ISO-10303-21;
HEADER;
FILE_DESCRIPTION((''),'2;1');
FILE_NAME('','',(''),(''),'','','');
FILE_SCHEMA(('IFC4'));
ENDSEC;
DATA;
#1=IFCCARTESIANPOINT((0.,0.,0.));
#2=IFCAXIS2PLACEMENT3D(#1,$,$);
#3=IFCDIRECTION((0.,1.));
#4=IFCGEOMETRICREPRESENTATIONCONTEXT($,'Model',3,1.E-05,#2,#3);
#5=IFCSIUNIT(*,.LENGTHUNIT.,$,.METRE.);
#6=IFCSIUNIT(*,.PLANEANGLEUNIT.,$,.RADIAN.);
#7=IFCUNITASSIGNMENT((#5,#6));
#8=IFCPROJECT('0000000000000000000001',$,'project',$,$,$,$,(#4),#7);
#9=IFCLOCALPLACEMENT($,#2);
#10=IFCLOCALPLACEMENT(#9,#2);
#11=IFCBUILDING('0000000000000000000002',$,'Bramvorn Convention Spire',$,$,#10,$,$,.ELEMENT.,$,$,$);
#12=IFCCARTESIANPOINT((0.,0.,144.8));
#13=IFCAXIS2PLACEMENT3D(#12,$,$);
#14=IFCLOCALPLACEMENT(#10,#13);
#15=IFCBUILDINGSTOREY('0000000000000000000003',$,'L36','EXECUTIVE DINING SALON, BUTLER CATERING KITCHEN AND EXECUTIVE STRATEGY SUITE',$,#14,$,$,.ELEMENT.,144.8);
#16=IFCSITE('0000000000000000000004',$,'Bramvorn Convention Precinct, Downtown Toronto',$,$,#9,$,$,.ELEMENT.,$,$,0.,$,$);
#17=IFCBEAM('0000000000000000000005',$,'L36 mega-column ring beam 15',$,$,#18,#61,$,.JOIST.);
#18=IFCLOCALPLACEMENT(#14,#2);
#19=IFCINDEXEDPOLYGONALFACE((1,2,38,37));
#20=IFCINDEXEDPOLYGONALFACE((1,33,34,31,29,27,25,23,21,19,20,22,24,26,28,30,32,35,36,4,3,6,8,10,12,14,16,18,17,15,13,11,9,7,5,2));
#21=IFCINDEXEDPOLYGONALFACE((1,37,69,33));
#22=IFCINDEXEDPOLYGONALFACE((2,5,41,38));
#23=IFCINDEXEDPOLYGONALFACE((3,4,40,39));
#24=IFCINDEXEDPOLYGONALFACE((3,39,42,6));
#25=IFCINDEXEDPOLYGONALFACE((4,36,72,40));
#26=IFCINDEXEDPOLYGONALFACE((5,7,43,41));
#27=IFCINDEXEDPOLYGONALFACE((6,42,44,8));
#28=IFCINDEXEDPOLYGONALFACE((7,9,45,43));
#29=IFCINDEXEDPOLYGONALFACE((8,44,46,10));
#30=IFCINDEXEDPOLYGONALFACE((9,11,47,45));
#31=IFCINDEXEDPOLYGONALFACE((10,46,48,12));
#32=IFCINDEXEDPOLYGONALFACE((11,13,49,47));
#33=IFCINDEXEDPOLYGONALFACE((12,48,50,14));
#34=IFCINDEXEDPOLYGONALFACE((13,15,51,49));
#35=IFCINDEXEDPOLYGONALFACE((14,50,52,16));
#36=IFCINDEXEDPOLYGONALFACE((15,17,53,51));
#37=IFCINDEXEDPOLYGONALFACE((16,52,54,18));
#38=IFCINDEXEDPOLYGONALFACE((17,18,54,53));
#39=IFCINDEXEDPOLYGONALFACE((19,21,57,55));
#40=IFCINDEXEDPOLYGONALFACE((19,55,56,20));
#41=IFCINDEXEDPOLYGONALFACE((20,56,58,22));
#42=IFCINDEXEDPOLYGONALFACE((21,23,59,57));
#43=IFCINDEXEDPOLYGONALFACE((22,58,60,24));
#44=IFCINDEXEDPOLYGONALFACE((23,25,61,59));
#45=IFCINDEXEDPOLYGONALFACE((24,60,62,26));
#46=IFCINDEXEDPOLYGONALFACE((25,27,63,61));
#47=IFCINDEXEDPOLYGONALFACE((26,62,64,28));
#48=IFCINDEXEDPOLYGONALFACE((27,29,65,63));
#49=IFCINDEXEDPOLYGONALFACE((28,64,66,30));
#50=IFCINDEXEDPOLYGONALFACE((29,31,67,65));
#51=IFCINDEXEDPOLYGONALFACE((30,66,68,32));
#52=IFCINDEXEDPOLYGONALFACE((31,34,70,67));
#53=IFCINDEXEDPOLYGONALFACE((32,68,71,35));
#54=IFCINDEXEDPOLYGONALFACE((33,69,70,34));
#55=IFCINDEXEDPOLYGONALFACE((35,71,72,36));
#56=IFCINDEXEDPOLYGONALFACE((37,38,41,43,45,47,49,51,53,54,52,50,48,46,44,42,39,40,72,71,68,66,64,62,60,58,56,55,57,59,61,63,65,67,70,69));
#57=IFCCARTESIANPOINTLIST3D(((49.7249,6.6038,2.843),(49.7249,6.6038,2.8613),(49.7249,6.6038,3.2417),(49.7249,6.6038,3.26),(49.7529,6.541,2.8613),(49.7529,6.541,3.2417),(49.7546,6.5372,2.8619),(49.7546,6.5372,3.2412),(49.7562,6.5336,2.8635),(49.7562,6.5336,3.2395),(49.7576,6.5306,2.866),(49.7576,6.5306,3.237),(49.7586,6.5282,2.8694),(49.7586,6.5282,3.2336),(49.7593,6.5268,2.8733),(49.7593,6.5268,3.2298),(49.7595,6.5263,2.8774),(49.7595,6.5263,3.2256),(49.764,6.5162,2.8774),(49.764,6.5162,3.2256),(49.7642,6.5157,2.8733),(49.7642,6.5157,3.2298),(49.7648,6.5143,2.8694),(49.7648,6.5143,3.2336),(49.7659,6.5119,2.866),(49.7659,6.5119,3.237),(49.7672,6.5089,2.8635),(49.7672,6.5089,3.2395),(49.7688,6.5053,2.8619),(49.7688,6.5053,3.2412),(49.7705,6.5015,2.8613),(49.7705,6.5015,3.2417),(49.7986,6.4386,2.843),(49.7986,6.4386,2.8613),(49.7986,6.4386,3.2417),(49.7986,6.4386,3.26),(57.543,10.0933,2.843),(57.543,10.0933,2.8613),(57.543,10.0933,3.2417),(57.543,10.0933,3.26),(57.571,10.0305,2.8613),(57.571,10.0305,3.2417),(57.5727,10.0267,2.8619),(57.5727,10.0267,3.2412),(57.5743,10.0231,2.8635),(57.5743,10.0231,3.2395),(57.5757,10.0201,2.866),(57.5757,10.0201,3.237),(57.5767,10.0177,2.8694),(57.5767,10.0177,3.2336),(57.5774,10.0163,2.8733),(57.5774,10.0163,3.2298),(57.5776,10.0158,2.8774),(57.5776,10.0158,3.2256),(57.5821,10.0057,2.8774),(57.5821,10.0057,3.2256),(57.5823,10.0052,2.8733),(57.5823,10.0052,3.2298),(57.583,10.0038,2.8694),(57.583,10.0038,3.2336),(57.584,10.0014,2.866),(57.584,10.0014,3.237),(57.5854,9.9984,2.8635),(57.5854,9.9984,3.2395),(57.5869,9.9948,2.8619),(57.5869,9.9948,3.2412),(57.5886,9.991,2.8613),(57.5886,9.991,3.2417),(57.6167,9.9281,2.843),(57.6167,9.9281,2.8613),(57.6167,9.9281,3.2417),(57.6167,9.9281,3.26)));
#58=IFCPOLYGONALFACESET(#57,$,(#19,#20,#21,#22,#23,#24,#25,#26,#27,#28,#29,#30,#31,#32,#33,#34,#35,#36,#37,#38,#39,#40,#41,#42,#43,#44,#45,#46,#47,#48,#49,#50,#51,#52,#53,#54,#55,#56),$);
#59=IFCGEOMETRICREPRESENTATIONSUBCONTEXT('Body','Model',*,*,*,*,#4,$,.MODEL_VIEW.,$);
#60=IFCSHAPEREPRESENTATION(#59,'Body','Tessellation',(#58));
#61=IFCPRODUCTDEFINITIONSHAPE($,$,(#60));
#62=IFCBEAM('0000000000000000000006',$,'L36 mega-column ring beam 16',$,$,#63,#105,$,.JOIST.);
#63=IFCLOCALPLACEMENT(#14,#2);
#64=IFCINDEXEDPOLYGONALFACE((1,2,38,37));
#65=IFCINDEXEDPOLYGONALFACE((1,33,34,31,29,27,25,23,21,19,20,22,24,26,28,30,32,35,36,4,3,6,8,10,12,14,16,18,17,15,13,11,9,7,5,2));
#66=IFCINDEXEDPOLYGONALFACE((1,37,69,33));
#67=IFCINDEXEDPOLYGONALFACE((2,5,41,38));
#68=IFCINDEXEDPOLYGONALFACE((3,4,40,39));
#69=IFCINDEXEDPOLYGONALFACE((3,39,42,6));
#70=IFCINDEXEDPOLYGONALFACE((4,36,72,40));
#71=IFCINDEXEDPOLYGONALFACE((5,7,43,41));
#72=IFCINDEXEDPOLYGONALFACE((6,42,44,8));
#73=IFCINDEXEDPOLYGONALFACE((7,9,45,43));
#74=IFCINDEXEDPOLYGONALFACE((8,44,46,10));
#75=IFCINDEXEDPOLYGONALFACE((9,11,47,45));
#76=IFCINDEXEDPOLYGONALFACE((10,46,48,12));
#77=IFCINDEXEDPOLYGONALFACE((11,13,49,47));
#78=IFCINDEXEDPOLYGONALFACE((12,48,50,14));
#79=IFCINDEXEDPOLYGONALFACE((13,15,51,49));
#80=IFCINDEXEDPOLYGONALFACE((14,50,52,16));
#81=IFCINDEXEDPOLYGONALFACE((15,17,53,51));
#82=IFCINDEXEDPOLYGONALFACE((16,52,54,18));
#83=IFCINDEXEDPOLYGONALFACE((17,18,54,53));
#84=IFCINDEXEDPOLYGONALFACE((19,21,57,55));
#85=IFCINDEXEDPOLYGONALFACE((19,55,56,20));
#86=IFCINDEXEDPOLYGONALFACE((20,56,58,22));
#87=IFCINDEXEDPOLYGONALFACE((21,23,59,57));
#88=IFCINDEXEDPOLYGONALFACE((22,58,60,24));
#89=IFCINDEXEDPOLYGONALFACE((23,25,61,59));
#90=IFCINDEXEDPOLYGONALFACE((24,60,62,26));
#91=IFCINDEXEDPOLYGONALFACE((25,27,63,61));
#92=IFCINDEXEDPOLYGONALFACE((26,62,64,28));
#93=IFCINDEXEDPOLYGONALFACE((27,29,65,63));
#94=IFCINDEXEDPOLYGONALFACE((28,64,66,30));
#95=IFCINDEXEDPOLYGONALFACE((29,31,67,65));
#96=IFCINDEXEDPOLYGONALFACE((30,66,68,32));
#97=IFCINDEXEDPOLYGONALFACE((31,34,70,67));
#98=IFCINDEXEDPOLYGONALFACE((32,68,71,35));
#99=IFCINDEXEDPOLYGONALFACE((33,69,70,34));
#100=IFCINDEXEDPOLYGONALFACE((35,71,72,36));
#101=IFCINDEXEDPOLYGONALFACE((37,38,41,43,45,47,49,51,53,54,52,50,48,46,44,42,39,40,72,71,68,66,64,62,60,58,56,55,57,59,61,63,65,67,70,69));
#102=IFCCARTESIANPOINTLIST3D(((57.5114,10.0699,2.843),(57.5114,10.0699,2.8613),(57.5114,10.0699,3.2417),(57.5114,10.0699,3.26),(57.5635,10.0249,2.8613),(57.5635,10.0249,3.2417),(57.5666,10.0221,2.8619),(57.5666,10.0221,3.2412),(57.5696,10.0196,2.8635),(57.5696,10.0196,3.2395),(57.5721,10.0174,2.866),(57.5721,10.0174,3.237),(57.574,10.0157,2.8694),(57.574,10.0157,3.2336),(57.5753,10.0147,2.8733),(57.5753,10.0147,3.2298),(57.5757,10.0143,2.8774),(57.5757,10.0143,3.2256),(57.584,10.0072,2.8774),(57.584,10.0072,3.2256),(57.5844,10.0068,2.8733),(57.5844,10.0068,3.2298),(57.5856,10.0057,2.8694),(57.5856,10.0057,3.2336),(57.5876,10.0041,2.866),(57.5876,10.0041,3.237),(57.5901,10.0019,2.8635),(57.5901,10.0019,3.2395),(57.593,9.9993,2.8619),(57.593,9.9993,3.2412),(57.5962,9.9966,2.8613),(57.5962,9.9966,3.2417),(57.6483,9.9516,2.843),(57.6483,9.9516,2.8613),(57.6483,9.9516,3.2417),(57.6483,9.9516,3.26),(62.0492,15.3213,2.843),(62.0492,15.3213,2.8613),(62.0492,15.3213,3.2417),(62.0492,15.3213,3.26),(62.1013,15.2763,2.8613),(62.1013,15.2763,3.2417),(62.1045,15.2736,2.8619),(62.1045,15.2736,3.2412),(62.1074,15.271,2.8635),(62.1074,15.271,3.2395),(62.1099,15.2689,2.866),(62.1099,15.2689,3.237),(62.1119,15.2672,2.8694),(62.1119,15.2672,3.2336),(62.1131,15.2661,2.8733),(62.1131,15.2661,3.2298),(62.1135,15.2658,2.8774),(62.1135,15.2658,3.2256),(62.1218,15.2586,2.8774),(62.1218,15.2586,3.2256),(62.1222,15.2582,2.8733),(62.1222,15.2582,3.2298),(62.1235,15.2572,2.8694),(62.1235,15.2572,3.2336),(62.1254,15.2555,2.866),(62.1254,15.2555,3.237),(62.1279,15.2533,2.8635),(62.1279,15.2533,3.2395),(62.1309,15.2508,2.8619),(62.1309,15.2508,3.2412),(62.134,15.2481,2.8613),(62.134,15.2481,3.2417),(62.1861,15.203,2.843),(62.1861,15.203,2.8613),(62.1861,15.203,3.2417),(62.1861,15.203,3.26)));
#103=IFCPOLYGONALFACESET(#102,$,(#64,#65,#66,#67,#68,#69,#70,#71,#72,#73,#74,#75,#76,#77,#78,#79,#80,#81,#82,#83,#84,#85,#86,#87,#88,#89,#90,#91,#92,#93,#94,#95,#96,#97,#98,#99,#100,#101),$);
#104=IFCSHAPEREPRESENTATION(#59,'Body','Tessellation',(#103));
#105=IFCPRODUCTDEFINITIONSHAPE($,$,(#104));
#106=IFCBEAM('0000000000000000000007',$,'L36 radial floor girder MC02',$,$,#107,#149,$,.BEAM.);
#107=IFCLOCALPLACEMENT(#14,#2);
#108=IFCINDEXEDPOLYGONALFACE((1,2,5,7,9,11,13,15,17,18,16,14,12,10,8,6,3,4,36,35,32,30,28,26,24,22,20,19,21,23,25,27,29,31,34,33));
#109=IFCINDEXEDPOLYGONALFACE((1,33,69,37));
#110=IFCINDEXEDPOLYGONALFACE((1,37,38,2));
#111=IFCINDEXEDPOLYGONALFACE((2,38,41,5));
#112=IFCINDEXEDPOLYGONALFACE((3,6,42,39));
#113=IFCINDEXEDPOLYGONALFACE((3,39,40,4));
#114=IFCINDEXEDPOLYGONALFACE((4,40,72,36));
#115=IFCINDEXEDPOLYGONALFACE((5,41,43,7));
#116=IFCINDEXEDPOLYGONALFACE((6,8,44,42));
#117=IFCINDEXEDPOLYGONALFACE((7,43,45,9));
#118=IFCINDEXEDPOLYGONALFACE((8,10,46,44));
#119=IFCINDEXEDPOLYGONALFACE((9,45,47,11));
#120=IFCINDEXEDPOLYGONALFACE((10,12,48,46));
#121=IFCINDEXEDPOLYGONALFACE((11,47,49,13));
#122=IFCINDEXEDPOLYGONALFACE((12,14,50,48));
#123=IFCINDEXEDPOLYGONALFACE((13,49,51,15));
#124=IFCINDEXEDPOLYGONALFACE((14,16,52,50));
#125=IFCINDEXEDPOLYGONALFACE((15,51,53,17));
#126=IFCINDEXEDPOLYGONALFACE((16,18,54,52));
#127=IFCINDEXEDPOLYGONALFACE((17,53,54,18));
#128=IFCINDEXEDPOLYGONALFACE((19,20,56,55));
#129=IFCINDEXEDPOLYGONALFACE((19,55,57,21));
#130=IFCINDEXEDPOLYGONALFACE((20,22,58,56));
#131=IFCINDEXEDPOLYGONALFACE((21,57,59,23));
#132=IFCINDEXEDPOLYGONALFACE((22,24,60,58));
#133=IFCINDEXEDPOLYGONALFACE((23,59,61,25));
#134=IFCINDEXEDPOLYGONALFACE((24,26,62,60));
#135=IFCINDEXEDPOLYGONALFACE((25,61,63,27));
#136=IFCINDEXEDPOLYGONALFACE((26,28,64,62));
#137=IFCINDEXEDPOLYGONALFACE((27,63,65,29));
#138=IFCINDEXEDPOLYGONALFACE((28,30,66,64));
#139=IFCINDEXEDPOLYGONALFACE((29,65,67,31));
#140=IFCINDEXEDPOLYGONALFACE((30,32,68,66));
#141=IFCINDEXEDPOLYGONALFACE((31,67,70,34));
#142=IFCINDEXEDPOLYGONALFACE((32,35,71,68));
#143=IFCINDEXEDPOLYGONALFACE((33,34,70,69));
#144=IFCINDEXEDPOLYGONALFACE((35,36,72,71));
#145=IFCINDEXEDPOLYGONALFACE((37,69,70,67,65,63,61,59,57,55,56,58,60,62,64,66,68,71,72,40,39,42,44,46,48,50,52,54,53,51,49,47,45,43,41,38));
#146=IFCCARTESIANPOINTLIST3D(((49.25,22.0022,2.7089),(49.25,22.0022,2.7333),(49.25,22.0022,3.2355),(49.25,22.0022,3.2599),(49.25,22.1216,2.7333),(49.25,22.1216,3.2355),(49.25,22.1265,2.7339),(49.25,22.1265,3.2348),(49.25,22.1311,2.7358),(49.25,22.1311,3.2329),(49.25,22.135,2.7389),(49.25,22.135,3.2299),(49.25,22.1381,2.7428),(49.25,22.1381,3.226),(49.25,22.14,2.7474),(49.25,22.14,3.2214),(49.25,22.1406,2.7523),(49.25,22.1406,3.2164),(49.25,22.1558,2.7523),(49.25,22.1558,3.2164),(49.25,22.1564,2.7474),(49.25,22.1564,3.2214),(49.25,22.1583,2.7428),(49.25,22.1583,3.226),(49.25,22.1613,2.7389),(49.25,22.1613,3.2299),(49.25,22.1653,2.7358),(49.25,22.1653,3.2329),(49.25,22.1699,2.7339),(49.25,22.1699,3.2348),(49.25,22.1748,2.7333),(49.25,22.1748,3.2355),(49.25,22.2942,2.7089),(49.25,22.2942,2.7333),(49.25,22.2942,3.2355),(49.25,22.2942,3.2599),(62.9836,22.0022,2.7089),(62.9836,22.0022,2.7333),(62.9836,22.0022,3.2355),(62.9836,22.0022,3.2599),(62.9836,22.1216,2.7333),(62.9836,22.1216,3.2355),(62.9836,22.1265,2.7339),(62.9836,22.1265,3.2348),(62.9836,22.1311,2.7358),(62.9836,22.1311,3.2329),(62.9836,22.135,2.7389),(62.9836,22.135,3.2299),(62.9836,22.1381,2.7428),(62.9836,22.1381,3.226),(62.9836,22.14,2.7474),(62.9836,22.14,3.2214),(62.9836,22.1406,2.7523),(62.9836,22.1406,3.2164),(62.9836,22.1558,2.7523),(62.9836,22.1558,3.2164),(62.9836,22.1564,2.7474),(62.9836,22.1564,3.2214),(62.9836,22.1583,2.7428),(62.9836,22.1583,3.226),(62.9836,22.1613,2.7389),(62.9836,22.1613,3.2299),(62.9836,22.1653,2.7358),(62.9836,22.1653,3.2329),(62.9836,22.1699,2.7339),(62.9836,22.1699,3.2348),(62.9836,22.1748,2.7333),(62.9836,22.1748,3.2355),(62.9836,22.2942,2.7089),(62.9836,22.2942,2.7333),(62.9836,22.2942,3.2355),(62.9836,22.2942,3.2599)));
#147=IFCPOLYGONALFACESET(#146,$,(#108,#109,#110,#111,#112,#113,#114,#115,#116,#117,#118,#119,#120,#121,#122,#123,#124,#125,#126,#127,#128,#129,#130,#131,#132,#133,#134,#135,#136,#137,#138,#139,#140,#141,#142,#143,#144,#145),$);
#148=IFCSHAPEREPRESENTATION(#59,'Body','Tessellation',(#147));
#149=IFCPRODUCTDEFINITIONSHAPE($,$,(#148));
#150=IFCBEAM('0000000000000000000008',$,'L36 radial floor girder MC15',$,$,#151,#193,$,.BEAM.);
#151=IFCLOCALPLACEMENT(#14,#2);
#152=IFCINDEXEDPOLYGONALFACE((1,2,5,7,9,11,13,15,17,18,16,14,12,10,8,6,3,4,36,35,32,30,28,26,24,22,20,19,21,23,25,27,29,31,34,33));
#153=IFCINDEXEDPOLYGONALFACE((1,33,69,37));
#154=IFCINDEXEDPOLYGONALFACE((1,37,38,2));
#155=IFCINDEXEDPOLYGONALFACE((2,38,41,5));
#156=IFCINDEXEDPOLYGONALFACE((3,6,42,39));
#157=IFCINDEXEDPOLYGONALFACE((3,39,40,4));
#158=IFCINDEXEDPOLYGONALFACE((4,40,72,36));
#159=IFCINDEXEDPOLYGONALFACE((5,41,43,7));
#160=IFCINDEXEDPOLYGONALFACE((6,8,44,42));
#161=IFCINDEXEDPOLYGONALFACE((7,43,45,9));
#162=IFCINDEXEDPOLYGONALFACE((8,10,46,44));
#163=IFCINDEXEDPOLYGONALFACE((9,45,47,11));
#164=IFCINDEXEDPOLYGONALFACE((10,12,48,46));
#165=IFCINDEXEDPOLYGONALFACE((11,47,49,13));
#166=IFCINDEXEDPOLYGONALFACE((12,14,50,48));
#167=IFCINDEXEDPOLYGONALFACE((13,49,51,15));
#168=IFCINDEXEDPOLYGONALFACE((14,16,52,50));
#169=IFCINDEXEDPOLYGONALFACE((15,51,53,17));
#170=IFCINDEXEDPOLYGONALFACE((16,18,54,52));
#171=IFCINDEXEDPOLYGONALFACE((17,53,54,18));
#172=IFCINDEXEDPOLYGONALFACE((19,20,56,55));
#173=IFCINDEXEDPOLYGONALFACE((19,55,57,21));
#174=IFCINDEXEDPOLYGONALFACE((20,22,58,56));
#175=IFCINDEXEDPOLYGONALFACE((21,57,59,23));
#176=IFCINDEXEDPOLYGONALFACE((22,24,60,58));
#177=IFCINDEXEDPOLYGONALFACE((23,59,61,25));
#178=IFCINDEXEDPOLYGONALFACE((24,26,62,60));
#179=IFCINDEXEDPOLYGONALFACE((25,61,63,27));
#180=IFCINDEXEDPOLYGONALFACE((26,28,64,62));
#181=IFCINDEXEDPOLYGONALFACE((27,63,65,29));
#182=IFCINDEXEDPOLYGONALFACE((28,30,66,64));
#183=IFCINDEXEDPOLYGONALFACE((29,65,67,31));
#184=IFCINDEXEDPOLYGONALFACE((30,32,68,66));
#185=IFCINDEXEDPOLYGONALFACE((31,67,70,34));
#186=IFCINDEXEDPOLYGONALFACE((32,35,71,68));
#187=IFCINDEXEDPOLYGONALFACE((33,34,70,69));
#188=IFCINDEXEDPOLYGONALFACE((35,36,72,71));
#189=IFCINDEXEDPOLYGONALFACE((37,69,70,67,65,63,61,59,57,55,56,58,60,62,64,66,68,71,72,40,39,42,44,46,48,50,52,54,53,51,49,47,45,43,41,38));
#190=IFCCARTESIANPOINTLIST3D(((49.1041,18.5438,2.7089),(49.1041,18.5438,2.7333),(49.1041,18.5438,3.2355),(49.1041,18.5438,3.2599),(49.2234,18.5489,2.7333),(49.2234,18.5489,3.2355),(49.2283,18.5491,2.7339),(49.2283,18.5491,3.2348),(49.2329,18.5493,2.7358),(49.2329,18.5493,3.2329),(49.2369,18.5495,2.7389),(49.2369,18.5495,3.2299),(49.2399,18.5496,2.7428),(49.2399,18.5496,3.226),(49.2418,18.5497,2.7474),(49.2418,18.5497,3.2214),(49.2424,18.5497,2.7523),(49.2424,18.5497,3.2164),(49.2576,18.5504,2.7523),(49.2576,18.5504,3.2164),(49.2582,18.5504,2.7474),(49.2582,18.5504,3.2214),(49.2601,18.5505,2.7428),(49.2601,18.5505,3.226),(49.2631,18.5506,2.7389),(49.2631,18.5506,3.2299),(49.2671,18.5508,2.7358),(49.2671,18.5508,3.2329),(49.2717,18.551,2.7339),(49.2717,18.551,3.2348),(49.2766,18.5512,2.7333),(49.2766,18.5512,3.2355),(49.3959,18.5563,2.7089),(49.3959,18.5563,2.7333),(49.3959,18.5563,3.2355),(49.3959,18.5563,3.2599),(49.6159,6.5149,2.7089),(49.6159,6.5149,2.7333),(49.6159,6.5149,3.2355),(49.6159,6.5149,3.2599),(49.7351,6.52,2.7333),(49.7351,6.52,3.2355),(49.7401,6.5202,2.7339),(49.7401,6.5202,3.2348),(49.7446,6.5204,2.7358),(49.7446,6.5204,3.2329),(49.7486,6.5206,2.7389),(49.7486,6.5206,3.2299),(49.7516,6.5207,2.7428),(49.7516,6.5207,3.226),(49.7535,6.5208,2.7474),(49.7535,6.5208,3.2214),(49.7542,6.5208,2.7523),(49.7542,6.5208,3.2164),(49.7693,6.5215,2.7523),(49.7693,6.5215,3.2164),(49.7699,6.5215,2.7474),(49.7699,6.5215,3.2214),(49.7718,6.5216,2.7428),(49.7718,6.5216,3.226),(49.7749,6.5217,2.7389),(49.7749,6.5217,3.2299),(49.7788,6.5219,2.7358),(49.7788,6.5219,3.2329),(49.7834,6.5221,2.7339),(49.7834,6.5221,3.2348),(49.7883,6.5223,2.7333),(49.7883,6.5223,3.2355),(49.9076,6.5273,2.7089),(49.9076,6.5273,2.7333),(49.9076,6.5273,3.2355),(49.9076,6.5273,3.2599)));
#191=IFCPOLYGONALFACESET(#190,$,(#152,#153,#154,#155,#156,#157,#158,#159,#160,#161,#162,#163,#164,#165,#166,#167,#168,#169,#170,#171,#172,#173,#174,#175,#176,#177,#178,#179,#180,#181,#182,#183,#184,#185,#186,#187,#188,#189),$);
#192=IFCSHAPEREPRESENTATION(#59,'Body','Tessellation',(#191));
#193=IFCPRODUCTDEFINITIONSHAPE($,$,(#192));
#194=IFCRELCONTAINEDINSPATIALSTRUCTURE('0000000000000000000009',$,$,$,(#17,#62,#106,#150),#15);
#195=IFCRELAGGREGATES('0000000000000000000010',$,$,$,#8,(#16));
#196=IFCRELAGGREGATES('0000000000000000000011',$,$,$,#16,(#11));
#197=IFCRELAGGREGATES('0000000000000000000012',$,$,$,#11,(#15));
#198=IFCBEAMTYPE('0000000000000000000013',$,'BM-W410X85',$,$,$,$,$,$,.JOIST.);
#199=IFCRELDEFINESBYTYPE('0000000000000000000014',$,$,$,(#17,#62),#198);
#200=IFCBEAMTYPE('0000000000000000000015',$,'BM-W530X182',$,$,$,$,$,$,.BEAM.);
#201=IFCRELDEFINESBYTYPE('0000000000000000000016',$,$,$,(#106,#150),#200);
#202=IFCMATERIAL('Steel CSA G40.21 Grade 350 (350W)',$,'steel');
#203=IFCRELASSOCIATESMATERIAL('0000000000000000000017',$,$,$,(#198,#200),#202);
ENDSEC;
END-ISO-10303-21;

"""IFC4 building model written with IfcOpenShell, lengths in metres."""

from ifc_helpers import new_model, si_unit, direction, frame, origin, origin_2d, place, context, subcontext, project, spatial, i_section, extrude, material, material_profile, profile_set, type_object, element, save


model = new_model("IFC4")

# Units and contexts
model_context = context("Model", 3, precision=1e-05, world=origin(), true_north=direction((0.0, 1.0)))
body_context = subcontext(model_context, "Body", "Model", "MODEL_VIEW")
ifc_project = project(units=[si_unit("LENGTHUNIT", "METRE"), si_unit("PLANEANGLEUNIT", "RADIAN")], contexts=[model_context])

# Site, building, storey
site_placement = place(None, origin())
site = spatial("IfcSite", under=ifc_project, at=site_placement, Name="Bramvorn Convention Precinct, Downtown Toronto", CompositionType="ELEMENT", RefElevation=0.0)
building_placement = place(site_placement, origin())
building = spatial("IfcBuilding", under=site, at=building_placement, Name="Bramvorn Convention Spire", CompositionType="ELEMENT")
storey_placement = place(building_placement, frame((0.0, 0.0, 144.8)))
storey = spatial("IfcBuildingStorey", under=building, at=storey_placement, Name="L36", Description="EXECUTIVE DINING SALON, BUTLER CATERING KITCHEN AND EXECUTIVE STRATEGY SUITE", CompositionType="ELEMENT", Elevation=144.8)

# Shared definitions
ifc_material_1 = material(Name="Steel CSA G40.21 Grade 350 (350W)", Category="steel")

# Beams
ifc_material_profile_1 = material_profile(ifc_material_1, i_section(OverallWidth=0.1809, OverallDepth=0.417, WebThickness=0.011, FlangeThickness=0.0183, FilletRadius=0.0161, at=origin_2d()))
ifc_profile_set_1 = profile_set([ifc_material_profile_1], Name="Steel CSA G40.21 Grade 350 (350W) - W410X85")
beam_type_1 = type_object("IfcBeamType", Name="BM-W410X85", PredefinedType="JOIST", material=ifc_profile_set_1)
for number, where, z_axis, x_axis, name in (
    (1, (49.7617, 6.5212, 3.0515), (0.91317, 0.40758, 0.0), (-0.40758, 0.91317, 0.0), "L36 mega-column ring beam 15"),
):
    element("IfcBeam", number, at=place(storey_placement, frame(where, z_axis=z_axis, x_axis=x_axis)), inside=storey, type_object=beam_type_1, Name=name, PredefinedType="JOIST", context=body_context, shape_type="SweptSolid", body=[
        extrude(i_section(OverallWidth=0.1809, OverallDepth=0.417, WebThickness=0.011, FlangeThickness=0.0183, FilletRadius=0.0161, at=origin_2d()), origin(), (0.0, 0.0, 1.0), 8.5615),
    ])
beam_1_placement = place(storey_placement, frame((57.5798, 10.0107, 3.0515), z_axis=(0.653825, 0.756646, 0.0), x_axis=(-0.756646, 0.653825, 0.0)))
element("IfcBeam", 2, at=beam_1_placement, inside=storey, type_object=beam_type_1, Name="L36 mega-column ring beam 16", PredefinedType="JOIST", context=body_context, shape_type="SweptSolid", body=[
    extrude(i_section(OverallWidth=0.1809, OverallDepth=0.417, WebThickness=0.011, FlangeThickness=0.0183, FilletRadius=0.0161, at=origin_2d()), origin(), (0.0, 0.0, 1.0), 6.9404),
])
ifc_material_profile_2 = material_profile(ifc_material_1, i_section(OverallWidth=0.292, OverallDepth=0.551, WebThickness=0.0151, FlangeThickness=0.0244, FilletRadius=0.019, at=origin_2d()))
ifc_profile_set_2 = profile_set([ifc_material_profile_2], Name="Steel CSA G40.21 Grade 350 (350W) - W530X182")
beam_type_2 = type_object("IfcBeamType", Name="BM-W530X182", PredefinedType="BEAM", material=ifc_profile_set_2)
beam_2_placement = place(storey_placement, frame((49.25, 22.1482, 2.9844), z_axis=(1.0, 0.0, 0.0), x_axis=(0.0, 1.0, 0.0)))
element("IfcBeam", 3, at=beam_2_placement, inside=storey, type_object=beam_type_2, Name="L36 radial floor girder MC02", PredefinedType="BEAM", context=body_context, shape_type="SweptSolid", body=[
    extrude(i_section(OverallWidth=0.292, OverallDepth=0.551, WebThickness=0.0151, FlangeThickness=0.0244, FilletRadius=0.019, at=origin_2d()), origin(), (0.0, 0.0, 1.0), 13.7336),
])
beam_3_placement = place(storey_placement, frame((49.25, 18.55, 2.9844), z_axis=(0.042503, -0.999096, 0.0), x_axis=(0.999096, 0.042503, 0.0)))
element("IfcBeam", 4, at=beam_3_placement, inside=storey, type_object=beam_type_2, Name="L36 radial floor girder MC15", PredefinedType="BEAM", context=body_context, shape_type="SweptSolid", body=[
    extrude(i_section(OverallWidth=0.292, OverallDepth=0.551, WebThickness=0.0151, FlangeThickness=0.0244, FilletRadius=0.019, at=origin_2d()), origin(), (0.0, 0.0, 1.0), 12.0398),
])

save(model, "model.ifc")
